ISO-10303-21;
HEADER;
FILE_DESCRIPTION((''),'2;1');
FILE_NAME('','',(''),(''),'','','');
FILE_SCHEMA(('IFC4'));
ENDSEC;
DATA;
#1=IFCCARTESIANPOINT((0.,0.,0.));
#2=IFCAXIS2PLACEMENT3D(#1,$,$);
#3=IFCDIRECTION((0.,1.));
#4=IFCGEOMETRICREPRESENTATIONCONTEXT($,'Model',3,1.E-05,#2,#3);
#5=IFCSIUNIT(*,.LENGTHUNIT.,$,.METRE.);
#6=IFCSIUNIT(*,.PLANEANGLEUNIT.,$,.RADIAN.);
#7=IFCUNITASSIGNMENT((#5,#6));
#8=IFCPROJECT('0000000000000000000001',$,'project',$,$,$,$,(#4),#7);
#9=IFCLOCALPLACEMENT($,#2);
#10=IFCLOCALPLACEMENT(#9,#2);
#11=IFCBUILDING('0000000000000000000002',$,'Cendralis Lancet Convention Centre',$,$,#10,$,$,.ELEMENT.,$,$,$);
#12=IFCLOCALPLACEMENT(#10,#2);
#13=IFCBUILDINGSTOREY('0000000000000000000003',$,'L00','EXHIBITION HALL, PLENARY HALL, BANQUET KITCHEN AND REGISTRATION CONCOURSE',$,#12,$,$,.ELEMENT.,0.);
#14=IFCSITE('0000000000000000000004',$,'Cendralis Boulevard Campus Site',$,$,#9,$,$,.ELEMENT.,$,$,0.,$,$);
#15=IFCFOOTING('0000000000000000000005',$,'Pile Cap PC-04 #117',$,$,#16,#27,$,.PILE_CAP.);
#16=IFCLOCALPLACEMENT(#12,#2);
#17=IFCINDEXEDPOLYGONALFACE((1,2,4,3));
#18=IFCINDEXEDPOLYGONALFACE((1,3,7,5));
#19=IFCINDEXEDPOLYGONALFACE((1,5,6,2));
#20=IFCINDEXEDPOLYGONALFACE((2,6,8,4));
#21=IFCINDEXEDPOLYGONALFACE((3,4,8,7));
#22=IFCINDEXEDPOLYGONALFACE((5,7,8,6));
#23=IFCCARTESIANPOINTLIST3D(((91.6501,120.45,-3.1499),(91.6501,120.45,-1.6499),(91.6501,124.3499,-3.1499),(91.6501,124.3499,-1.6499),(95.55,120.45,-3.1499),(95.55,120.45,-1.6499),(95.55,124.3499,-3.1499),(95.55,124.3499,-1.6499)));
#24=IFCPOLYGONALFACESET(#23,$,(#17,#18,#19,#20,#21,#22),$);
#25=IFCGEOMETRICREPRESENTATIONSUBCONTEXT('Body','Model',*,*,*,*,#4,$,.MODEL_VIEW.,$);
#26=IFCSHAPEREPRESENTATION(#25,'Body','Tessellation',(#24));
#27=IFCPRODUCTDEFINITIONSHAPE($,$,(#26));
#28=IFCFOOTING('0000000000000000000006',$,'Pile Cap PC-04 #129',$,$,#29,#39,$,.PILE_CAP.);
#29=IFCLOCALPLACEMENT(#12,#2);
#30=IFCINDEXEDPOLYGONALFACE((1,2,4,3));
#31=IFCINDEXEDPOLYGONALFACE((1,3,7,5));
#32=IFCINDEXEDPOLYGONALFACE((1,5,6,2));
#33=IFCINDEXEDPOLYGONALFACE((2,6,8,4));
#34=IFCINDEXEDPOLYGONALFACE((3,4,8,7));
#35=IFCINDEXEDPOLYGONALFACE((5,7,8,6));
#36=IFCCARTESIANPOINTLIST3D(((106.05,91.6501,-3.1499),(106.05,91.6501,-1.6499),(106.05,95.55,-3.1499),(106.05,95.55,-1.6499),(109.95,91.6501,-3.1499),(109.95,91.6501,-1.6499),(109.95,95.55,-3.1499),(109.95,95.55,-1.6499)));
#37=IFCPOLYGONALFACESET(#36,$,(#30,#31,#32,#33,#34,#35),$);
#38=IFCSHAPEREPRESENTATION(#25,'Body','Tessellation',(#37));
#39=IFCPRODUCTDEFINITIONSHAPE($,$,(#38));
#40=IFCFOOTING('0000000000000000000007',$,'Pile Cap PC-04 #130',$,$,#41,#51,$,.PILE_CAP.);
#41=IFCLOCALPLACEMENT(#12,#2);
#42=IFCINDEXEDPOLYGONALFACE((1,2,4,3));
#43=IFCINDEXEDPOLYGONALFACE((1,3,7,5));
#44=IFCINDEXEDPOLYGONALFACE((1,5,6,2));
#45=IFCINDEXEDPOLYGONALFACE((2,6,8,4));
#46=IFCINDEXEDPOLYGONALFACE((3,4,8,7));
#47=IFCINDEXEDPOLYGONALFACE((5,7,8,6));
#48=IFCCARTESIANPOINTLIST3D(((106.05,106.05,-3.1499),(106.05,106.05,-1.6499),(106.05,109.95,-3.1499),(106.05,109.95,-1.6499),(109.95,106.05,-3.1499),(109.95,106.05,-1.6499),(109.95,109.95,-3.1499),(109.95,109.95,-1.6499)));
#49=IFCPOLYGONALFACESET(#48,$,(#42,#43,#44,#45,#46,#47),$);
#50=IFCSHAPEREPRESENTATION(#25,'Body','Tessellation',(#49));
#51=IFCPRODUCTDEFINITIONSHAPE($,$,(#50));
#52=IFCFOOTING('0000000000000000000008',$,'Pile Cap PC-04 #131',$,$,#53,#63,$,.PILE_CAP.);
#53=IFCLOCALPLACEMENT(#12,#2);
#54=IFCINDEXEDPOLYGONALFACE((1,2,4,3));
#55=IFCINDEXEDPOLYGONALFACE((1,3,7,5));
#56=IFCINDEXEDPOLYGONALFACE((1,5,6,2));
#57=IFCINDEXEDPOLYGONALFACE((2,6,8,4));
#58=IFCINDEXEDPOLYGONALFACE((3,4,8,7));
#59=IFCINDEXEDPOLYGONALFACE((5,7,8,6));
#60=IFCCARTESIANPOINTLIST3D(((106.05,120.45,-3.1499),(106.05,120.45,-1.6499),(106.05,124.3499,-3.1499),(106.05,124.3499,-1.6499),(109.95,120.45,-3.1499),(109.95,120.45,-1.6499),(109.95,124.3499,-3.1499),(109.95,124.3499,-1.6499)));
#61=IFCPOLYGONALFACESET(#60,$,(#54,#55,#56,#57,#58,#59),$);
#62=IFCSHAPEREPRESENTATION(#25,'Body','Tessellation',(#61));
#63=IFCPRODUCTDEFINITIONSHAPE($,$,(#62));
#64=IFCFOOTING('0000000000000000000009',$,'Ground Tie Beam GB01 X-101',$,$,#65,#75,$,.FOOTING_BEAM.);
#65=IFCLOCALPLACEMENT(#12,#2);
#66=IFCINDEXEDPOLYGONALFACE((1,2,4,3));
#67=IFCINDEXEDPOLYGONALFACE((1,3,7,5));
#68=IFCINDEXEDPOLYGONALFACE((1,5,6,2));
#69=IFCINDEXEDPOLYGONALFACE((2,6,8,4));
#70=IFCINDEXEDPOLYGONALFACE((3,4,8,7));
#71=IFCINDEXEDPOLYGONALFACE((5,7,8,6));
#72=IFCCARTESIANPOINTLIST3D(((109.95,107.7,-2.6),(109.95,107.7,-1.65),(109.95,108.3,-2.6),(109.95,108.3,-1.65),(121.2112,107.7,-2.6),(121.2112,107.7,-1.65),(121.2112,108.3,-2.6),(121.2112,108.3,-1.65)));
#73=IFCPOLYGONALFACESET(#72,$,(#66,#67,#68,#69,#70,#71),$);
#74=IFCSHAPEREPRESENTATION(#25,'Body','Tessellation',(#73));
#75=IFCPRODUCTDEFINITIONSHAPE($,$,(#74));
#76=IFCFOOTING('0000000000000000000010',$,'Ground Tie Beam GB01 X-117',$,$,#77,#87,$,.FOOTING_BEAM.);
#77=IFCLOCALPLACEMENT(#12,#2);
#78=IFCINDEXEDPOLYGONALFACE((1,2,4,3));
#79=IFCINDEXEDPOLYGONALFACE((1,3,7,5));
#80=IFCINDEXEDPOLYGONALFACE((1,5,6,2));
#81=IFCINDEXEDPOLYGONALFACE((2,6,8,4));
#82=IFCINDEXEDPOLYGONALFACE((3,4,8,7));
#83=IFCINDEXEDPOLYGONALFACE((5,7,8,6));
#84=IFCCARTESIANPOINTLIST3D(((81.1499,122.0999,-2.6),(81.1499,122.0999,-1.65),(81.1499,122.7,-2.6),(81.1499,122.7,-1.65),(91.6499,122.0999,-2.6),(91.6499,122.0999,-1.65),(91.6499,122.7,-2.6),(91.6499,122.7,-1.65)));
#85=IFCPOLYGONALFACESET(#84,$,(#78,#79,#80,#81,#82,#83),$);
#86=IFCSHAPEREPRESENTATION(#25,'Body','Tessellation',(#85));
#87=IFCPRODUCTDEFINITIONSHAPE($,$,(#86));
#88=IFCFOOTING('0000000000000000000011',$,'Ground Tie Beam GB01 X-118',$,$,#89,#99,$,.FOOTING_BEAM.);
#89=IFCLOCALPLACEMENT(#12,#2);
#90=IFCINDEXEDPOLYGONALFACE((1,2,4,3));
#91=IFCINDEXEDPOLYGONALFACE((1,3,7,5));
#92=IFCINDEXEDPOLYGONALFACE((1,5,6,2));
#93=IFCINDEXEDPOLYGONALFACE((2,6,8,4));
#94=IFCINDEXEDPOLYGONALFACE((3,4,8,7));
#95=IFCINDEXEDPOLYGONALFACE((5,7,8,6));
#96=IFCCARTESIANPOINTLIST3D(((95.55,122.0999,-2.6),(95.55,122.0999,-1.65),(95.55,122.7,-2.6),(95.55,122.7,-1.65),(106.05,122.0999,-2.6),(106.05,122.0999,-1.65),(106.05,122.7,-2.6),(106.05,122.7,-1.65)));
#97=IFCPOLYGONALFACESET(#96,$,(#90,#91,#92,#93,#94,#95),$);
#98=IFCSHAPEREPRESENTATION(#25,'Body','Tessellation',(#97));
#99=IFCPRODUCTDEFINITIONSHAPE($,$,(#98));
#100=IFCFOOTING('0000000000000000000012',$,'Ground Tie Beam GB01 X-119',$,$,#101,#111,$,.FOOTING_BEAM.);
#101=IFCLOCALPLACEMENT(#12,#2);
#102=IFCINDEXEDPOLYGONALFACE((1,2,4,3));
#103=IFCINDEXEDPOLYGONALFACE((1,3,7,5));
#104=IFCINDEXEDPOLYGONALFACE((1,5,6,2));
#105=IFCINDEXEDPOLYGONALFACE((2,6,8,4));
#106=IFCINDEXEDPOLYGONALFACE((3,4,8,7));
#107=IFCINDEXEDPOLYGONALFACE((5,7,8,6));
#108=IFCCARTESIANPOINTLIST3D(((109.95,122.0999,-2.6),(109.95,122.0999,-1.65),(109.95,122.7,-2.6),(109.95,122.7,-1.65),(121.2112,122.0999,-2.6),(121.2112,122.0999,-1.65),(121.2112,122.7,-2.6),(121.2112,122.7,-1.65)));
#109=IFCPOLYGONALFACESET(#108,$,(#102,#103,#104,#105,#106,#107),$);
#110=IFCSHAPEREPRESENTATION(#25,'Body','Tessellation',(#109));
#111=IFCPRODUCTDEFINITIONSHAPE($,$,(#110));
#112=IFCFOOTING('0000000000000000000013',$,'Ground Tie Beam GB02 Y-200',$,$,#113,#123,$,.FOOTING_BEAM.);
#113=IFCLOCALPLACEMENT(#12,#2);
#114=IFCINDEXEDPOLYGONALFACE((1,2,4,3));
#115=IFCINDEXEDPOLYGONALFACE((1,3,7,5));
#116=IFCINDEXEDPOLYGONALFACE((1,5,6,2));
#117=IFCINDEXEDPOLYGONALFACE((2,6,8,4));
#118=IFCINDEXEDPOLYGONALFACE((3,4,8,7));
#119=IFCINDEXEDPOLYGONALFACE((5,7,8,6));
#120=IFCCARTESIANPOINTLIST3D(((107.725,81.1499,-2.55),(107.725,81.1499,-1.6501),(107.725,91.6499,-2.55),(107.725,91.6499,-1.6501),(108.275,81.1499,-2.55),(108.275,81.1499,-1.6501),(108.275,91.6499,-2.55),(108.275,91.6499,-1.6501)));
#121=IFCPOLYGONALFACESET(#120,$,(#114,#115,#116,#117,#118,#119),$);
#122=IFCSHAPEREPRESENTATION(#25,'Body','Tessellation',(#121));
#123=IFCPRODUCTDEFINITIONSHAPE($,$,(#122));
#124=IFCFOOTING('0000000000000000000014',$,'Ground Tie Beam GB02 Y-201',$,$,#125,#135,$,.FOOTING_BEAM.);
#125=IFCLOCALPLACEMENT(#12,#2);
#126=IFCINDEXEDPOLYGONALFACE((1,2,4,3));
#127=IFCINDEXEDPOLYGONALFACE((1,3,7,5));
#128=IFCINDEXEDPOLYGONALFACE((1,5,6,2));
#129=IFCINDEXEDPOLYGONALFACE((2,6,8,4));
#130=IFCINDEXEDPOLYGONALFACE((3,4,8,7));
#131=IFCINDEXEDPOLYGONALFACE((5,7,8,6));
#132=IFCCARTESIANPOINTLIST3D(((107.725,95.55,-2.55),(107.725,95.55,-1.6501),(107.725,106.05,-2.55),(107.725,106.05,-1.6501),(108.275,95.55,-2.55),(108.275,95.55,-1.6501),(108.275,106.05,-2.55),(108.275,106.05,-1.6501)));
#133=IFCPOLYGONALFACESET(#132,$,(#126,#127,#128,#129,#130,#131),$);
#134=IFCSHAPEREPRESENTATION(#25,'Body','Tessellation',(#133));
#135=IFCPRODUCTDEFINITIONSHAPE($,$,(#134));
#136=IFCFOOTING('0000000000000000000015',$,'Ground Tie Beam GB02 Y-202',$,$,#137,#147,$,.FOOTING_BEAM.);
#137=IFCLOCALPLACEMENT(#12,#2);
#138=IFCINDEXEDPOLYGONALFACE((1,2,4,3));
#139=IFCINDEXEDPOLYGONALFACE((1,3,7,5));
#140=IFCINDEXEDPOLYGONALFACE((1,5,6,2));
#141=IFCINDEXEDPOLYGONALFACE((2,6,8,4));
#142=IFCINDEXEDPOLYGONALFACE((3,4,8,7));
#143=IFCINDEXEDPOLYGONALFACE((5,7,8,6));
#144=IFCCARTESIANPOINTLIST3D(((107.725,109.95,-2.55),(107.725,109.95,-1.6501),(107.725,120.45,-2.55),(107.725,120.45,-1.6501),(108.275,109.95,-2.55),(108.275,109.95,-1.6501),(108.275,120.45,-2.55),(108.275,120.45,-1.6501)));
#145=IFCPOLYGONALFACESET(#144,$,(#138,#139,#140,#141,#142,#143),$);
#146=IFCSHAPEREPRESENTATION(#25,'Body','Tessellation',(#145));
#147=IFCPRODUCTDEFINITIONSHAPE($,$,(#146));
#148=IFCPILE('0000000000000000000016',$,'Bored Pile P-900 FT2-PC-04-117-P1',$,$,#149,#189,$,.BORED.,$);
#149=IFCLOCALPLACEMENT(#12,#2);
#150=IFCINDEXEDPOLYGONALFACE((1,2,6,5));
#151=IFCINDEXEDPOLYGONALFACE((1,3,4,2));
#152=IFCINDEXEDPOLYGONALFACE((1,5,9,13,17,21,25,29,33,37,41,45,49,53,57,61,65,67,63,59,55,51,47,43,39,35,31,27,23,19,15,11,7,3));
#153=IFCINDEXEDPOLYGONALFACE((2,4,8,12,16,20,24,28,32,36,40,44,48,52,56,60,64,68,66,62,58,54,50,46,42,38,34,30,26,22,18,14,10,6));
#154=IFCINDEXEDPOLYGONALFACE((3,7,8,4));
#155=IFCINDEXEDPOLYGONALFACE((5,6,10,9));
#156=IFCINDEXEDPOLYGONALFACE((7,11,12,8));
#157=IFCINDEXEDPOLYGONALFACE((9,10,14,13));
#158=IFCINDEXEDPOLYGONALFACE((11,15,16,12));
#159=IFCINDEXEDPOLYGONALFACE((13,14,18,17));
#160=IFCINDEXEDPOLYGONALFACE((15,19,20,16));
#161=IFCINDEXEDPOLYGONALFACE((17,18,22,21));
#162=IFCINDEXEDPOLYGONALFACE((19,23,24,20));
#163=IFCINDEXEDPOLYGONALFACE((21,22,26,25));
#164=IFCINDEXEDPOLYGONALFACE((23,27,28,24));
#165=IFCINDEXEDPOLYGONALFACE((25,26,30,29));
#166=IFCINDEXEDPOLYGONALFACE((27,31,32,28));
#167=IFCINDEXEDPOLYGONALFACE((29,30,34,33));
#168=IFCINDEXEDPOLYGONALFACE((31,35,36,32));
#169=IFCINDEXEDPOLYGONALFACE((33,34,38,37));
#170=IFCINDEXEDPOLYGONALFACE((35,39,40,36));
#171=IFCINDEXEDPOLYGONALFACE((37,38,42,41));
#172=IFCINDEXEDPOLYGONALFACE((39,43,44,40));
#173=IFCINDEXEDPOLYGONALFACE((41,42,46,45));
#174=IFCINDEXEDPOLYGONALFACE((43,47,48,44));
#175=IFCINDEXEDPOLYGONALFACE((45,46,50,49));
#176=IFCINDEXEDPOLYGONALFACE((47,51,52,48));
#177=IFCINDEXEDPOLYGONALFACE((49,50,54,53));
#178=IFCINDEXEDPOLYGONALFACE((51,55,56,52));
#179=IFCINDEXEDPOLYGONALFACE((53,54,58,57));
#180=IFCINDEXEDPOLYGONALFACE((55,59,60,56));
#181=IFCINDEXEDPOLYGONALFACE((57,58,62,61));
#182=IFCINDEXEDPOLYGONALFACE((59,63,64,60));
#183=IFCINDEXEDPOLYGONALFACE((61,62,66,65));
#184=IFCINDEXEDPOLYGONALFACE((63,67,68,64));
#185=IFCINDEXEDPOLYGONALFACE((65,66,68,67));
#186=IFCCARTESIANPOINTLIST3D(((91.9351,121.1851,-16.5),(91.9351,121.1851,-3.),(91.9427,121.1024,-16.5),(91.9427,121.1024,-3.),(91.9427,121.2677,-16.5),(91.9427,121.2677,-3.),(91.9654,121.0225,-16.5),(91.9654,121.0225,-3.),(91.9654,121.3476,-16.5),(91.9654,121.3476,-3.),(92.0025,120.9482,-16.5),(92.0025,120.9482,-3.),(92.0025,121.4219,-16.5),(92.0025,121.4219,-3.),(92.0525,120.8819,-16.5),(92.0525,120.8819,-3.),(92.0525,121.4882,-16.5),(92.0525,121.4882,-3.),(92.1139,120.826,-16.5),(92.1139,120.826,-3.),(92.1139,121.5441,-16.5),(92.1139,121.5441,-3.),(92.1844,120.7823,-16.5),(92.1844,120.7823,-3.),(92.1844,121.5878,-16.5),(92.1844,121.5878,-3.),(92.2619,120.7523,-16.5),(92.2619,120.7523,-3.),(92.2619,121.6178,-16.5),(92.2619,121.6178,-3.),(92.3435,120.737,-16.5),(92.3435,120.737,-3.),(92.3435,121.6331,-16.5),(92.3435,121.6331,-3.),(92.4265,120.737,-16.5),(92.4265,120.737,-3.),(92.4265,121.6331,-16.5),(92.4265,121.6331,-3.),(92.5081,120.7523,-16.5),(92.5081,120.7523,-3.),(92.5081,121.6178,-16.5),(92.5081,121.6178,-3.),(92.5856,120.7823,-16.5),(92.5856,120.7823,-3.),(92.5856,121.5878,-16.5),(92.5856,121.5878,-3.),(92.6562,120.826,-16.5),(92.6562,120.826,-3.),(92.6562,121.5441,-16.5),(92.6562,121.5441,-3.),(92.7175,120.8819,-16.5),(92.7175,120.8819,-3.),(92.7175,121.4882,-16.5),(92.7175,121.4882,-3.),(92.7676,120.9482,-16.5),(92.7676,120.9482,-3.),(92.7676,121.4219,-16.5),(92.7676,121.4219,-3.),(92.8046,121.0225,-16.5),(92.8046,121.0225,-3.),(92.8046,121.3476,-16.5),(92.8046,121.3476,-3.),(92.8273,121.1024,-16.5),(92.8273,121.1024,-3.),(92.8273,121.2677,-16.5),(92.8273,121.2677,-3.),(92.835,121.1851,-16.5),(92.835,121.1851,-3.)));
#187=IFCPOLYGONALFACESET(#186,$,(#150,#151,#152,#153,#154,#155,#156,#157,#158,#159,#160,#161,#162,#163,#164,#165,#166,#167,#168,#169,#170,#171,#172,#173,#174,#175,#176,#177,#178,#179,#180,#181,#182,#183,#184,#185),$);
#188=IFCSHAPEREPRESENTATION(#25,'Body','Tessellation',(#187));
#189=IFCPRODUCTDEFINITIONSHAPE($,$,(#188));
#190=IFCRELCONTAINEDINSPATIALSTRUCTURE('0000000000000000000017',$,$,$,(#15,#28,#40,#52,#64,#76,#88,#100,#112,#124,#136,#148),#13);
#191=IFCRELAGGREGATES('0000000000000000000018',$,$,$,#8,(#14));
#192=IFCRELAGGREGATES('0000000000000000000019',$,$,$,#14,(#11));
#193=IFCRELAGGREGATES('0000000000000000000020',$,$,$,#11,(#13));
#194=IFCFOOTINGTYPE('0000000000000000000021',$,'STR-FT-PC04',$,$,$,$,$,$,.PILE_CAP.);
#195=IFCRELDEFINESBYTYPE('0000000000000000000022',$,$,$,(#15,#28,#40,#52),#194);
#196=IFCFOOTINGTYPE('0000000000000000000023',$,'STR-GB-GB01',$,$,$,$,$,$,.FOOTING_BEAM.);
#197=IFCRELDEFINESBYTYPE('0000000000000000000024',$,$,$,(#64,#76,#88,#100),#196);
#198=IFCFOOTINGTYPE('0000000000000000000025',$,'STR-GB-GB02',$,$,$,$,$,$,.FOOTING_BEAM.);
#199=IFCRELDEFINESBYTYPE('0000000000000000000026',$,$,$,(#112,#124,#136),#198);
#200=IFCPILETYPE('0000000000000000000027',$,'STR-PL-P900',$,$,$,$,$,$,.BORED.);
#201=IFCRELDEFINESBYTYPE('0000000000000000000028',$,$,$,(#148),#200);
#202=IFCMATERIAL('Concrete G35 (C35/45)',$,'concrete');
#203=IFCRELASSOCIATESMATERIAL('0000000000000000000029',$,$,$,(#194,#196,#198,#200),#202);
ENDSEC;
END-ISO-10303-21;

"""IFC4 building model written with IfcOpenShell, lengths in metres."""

from ifc_helpers import new_model, si_unit, direction, frame, origin, origin_2d, place, context, subcontext, project, spatial, rectangle, circle, extrude, material, material_profile, profile_set, type_object, element, save


model = new_model("IFC4")

# Units and contexts
model_context = context("Model", 3, precision=1e-05, world=origin(), true_north=direction((0.0, 1.0)))
body_context = subcontext(model_context, "Body", "Model", "MODEL_VIEW")
ifc_project = project(units=[si_unit("LENGTHUNIT", "METRE"), si_unit("PLANEANGLEUNIT", "RADIAN")], contexts=[model_context])

# Site, building, storey
site_placement = place(None, origin())
site = spatial("IfcSite", under=ifc_project, at=site_placement, Name="Cendralis Boulevard Campus Site", CompositionType="ELEMENT", RefElevation=0.0)
building_placement = place(site_placement, origin())
building = spatial("IfcBuilding", under=site, at=building_placement, Name="Cendralis Lancet Convention Centre", CompositionType="ELEMENT")
storey_placement = place(building_placement, origin())
storey = spatial("IfcBuildingStorey", under=building, at=storey_placement, Name="L00", Description="EXHIBITION HALL, PLENARY HALL, BANQUET KITCHEN AND REGISTRATION CONCOURSE", CompositionType="ELEMENT", Elevation=0.0)

# Footings
ifc_material_1 = material(Name="Concrete G35 (C35/45)", Category="concrete")
footing_type_1 = type_object("IfcFootingType", Name="STR-FT-PC04", PredefinedType="PILE_CAP", material=ifc_material_1)
for number, where, z_axis, x_axis, name in (
    (1, (93.6001, 122.3999, -3.1499), (0.0, 0.0, 1.0), (1.0, 0.0, 0.0), "Pile Cap PC-04 #117"),
    (2, (108.0, 93.6001, -3.1499), (0.0, 0.0, 1.0), (1.0, 0.0, 0.0), "Pile Cap PC-04 #129"),
    (3, (108.0, 108.0, -3.1499), (0.0, 0.0, 1.0), (1.0, 0.0, 0.0), "Pile Cap PC-04 #130"),
    (4, (108.0, 122.3999, -3.1499), (0.0, 0.0, 1.0), (1.0, 0.0, 0.0), "Pile Cap PC-04 #131"),
):
    element("IfcFooting", number, at=place(storey_placement, frame(where, z_axis=z_axis, x_axis=x_axis)), inside=storey, type_object=footing_type_1, Name=name, PredefinedType="PILE_CAP", context=body_context, shape_type="SweptSolid", body=[
        extrude(rectangle(XDim=3.8999, YDim=3.8999, at=origin_2d()), origin(), (0.0, 0.0, 1.0), 1.5),
    ])
ifc_material_profile_1 = material_profile(ifc_material_1, rectangle(XDim=0.6001, YDim=0.95, at=origin_2d()), Name="RCB 600x950")
ifc_profile_set_1 = profile_set([ifc_material_profile_1], Name="Concrete G35 (C35/45)")
footing_type_2 = type_object("IfcFootingType", Name="STR-GB-GB01", PredefinedType="FOOTING_BEAM", material=ifc_profile_set_1)
footing_1_placement = place(storey_placement, frame((109.95, 108.0, -2.125), z_axis=(1.0, 0.0, 0.0), x_axis=(0.0, 1.0, 0.0)))
element("IfcFooting", 5, at=footing_1_placement, inside=storey, type_object=footing_type_2, Name="Ground Tie Beam GB01 X-101", PredefinedType="FOOTING_BEAM", context=body_context, shape_type="SweptSolid", body=[
    extrude(rectangle(XDim=0.6001, YDim=0.95, at=origin_2d()), origin(), (0.0, 0.0, 1.0), 11.2612),
])
for number, where, z_axis, x_axis, name in (
    (6, (81.1499, 122.3999, -2.125), (1.0, 0.0, 0.0), (0.0, 1.0, 0.0), "Ground Tie Beam GB01 X-117"),
    (7, (95.55, 122.3999, -2.125), (1.0, 0.0, 0.0), (0.0, 1.0, 0.0), "Ground Tie Beam GB01 X-118"),
):
    element("IfcFooting", number, at=place(storey_placement, frame(where, z_axis=z_axis, x_axis=x_axis)), inside=storey, type_object=footing_type_2, Name=name, PredefinedType="FOOTING_BEAM", context=body_context, shape_type="SweptSolid", body=[
        extrude(rectangle(XDim=0.6001, YDim=0.95, at=origin_2d()), origin(), (0.0, 0.0, 1.0), 10.5),
    ])
footing_2_placement = place(storey_placement, frame((109.95, 122.3999, -2.125), z_axis=(1.0, 0.0, 0.0), x_axis=(0.0, 1.0, 0.0)))
element("IfcFooting", 8, at=footing_2_placement, inside=storey, type_object=footing_type_2, Name="Ground Tie Beam GB01 X-119", PredefinedType="FOOTING_BEAM", context=body_context, shape_type="SweptSolid", body=[
    extrude(rectangle(XDim=0.6001, YDim=0.95, at=origin_2d()), origin(), (0.0, 0.0, 1.0), 11.2612),
])
ifc_material_profile_2 = material_profile(ifc_material_1, rectangle(XDim=0.55, YDim=0.8999, at=origin_2d()), Name="RCB 550x900")
ifc_profile_set_2 = profile_set([ifc_material_profile_2], Name="Concrete G35 (C35/45)")
footing_type_3 = type_object("IfcFootingType", Name="STR-GB-GB02", PredefinedType="FOOTING_BEAM", material=ifc_profile_set_2)
for number, where, z_axis, x_axis, name in (
    (9, (108.0, 81.1499, -2.1001), (0.0, 1.0, 0.0), (-1.0, 0.0, 0.0), "Ground Tie Beam GB02 Y-200"),
    (10, (108.0, 95.55, -2.1001), (0.0, 1.0, 0.0), (-1.0, 0.0, 0.0), "Ground Tie Beam GB02 Y-201"),
    (11, (108.0, 109.95, -2.1001), (0.0, 1.0, 0.0), (-1.0, 0.0, 0.0), "Ground Tie Beam GB02 Y-202"),
):
    element("IfcFooting", number, at=place(storey_placement, frame(where, z_axis=z_axis, x_axis=x_axis)), inside=storey, type_object=footing_type_3, Name=name, PredefinedType="FOOTING_BEAM", context=body_context, shape_type="SweptSolid", body=[
        extrude(rectangle(XDim=0.55, YDim=0.8999, at=origin_2d()), origin(), (0.0, 0.0, 1.0), 10.5),
    ])

# Pile
ifc_material_profile_3 = material_profile(ifc_material_1, circle(Radius=0.45, at=origin_2d()), Name="BORED PILE D900")
ifc_profile_set_3 = profile_set([ifc_material_profile_3], Name="Concrete G35 (C35/45)")
pile_type = type_object("IfcPileType", Name="STR-PL-P900", PredefinedType="BORED", material=ifc_profile_set_3)
for number, where, z_axis, x_axis, name in (
    (12, (92.385, 121.1851, -3.0), (0.0, 0.0, -1.0), (1.0, 0.0, 0.0), "Bored Pile P-900 FT2-PC-04-117-P1"),
):
    element("IfcPile", number, at=place(storey_placement, frame(where, z_axis=z_axis, x_axis=x_axis)), inside=storey, type_object=pile_type, Name=name, PredefinedType="BORED", context=body_context, shape_type="SweptSolid", body=[
        extrude(circle(Radius=0.45, at=origin_2d()), origin(), (0.0, 0.0, 1.0), 13.5),
    ])

save(model, "model.ifc")
